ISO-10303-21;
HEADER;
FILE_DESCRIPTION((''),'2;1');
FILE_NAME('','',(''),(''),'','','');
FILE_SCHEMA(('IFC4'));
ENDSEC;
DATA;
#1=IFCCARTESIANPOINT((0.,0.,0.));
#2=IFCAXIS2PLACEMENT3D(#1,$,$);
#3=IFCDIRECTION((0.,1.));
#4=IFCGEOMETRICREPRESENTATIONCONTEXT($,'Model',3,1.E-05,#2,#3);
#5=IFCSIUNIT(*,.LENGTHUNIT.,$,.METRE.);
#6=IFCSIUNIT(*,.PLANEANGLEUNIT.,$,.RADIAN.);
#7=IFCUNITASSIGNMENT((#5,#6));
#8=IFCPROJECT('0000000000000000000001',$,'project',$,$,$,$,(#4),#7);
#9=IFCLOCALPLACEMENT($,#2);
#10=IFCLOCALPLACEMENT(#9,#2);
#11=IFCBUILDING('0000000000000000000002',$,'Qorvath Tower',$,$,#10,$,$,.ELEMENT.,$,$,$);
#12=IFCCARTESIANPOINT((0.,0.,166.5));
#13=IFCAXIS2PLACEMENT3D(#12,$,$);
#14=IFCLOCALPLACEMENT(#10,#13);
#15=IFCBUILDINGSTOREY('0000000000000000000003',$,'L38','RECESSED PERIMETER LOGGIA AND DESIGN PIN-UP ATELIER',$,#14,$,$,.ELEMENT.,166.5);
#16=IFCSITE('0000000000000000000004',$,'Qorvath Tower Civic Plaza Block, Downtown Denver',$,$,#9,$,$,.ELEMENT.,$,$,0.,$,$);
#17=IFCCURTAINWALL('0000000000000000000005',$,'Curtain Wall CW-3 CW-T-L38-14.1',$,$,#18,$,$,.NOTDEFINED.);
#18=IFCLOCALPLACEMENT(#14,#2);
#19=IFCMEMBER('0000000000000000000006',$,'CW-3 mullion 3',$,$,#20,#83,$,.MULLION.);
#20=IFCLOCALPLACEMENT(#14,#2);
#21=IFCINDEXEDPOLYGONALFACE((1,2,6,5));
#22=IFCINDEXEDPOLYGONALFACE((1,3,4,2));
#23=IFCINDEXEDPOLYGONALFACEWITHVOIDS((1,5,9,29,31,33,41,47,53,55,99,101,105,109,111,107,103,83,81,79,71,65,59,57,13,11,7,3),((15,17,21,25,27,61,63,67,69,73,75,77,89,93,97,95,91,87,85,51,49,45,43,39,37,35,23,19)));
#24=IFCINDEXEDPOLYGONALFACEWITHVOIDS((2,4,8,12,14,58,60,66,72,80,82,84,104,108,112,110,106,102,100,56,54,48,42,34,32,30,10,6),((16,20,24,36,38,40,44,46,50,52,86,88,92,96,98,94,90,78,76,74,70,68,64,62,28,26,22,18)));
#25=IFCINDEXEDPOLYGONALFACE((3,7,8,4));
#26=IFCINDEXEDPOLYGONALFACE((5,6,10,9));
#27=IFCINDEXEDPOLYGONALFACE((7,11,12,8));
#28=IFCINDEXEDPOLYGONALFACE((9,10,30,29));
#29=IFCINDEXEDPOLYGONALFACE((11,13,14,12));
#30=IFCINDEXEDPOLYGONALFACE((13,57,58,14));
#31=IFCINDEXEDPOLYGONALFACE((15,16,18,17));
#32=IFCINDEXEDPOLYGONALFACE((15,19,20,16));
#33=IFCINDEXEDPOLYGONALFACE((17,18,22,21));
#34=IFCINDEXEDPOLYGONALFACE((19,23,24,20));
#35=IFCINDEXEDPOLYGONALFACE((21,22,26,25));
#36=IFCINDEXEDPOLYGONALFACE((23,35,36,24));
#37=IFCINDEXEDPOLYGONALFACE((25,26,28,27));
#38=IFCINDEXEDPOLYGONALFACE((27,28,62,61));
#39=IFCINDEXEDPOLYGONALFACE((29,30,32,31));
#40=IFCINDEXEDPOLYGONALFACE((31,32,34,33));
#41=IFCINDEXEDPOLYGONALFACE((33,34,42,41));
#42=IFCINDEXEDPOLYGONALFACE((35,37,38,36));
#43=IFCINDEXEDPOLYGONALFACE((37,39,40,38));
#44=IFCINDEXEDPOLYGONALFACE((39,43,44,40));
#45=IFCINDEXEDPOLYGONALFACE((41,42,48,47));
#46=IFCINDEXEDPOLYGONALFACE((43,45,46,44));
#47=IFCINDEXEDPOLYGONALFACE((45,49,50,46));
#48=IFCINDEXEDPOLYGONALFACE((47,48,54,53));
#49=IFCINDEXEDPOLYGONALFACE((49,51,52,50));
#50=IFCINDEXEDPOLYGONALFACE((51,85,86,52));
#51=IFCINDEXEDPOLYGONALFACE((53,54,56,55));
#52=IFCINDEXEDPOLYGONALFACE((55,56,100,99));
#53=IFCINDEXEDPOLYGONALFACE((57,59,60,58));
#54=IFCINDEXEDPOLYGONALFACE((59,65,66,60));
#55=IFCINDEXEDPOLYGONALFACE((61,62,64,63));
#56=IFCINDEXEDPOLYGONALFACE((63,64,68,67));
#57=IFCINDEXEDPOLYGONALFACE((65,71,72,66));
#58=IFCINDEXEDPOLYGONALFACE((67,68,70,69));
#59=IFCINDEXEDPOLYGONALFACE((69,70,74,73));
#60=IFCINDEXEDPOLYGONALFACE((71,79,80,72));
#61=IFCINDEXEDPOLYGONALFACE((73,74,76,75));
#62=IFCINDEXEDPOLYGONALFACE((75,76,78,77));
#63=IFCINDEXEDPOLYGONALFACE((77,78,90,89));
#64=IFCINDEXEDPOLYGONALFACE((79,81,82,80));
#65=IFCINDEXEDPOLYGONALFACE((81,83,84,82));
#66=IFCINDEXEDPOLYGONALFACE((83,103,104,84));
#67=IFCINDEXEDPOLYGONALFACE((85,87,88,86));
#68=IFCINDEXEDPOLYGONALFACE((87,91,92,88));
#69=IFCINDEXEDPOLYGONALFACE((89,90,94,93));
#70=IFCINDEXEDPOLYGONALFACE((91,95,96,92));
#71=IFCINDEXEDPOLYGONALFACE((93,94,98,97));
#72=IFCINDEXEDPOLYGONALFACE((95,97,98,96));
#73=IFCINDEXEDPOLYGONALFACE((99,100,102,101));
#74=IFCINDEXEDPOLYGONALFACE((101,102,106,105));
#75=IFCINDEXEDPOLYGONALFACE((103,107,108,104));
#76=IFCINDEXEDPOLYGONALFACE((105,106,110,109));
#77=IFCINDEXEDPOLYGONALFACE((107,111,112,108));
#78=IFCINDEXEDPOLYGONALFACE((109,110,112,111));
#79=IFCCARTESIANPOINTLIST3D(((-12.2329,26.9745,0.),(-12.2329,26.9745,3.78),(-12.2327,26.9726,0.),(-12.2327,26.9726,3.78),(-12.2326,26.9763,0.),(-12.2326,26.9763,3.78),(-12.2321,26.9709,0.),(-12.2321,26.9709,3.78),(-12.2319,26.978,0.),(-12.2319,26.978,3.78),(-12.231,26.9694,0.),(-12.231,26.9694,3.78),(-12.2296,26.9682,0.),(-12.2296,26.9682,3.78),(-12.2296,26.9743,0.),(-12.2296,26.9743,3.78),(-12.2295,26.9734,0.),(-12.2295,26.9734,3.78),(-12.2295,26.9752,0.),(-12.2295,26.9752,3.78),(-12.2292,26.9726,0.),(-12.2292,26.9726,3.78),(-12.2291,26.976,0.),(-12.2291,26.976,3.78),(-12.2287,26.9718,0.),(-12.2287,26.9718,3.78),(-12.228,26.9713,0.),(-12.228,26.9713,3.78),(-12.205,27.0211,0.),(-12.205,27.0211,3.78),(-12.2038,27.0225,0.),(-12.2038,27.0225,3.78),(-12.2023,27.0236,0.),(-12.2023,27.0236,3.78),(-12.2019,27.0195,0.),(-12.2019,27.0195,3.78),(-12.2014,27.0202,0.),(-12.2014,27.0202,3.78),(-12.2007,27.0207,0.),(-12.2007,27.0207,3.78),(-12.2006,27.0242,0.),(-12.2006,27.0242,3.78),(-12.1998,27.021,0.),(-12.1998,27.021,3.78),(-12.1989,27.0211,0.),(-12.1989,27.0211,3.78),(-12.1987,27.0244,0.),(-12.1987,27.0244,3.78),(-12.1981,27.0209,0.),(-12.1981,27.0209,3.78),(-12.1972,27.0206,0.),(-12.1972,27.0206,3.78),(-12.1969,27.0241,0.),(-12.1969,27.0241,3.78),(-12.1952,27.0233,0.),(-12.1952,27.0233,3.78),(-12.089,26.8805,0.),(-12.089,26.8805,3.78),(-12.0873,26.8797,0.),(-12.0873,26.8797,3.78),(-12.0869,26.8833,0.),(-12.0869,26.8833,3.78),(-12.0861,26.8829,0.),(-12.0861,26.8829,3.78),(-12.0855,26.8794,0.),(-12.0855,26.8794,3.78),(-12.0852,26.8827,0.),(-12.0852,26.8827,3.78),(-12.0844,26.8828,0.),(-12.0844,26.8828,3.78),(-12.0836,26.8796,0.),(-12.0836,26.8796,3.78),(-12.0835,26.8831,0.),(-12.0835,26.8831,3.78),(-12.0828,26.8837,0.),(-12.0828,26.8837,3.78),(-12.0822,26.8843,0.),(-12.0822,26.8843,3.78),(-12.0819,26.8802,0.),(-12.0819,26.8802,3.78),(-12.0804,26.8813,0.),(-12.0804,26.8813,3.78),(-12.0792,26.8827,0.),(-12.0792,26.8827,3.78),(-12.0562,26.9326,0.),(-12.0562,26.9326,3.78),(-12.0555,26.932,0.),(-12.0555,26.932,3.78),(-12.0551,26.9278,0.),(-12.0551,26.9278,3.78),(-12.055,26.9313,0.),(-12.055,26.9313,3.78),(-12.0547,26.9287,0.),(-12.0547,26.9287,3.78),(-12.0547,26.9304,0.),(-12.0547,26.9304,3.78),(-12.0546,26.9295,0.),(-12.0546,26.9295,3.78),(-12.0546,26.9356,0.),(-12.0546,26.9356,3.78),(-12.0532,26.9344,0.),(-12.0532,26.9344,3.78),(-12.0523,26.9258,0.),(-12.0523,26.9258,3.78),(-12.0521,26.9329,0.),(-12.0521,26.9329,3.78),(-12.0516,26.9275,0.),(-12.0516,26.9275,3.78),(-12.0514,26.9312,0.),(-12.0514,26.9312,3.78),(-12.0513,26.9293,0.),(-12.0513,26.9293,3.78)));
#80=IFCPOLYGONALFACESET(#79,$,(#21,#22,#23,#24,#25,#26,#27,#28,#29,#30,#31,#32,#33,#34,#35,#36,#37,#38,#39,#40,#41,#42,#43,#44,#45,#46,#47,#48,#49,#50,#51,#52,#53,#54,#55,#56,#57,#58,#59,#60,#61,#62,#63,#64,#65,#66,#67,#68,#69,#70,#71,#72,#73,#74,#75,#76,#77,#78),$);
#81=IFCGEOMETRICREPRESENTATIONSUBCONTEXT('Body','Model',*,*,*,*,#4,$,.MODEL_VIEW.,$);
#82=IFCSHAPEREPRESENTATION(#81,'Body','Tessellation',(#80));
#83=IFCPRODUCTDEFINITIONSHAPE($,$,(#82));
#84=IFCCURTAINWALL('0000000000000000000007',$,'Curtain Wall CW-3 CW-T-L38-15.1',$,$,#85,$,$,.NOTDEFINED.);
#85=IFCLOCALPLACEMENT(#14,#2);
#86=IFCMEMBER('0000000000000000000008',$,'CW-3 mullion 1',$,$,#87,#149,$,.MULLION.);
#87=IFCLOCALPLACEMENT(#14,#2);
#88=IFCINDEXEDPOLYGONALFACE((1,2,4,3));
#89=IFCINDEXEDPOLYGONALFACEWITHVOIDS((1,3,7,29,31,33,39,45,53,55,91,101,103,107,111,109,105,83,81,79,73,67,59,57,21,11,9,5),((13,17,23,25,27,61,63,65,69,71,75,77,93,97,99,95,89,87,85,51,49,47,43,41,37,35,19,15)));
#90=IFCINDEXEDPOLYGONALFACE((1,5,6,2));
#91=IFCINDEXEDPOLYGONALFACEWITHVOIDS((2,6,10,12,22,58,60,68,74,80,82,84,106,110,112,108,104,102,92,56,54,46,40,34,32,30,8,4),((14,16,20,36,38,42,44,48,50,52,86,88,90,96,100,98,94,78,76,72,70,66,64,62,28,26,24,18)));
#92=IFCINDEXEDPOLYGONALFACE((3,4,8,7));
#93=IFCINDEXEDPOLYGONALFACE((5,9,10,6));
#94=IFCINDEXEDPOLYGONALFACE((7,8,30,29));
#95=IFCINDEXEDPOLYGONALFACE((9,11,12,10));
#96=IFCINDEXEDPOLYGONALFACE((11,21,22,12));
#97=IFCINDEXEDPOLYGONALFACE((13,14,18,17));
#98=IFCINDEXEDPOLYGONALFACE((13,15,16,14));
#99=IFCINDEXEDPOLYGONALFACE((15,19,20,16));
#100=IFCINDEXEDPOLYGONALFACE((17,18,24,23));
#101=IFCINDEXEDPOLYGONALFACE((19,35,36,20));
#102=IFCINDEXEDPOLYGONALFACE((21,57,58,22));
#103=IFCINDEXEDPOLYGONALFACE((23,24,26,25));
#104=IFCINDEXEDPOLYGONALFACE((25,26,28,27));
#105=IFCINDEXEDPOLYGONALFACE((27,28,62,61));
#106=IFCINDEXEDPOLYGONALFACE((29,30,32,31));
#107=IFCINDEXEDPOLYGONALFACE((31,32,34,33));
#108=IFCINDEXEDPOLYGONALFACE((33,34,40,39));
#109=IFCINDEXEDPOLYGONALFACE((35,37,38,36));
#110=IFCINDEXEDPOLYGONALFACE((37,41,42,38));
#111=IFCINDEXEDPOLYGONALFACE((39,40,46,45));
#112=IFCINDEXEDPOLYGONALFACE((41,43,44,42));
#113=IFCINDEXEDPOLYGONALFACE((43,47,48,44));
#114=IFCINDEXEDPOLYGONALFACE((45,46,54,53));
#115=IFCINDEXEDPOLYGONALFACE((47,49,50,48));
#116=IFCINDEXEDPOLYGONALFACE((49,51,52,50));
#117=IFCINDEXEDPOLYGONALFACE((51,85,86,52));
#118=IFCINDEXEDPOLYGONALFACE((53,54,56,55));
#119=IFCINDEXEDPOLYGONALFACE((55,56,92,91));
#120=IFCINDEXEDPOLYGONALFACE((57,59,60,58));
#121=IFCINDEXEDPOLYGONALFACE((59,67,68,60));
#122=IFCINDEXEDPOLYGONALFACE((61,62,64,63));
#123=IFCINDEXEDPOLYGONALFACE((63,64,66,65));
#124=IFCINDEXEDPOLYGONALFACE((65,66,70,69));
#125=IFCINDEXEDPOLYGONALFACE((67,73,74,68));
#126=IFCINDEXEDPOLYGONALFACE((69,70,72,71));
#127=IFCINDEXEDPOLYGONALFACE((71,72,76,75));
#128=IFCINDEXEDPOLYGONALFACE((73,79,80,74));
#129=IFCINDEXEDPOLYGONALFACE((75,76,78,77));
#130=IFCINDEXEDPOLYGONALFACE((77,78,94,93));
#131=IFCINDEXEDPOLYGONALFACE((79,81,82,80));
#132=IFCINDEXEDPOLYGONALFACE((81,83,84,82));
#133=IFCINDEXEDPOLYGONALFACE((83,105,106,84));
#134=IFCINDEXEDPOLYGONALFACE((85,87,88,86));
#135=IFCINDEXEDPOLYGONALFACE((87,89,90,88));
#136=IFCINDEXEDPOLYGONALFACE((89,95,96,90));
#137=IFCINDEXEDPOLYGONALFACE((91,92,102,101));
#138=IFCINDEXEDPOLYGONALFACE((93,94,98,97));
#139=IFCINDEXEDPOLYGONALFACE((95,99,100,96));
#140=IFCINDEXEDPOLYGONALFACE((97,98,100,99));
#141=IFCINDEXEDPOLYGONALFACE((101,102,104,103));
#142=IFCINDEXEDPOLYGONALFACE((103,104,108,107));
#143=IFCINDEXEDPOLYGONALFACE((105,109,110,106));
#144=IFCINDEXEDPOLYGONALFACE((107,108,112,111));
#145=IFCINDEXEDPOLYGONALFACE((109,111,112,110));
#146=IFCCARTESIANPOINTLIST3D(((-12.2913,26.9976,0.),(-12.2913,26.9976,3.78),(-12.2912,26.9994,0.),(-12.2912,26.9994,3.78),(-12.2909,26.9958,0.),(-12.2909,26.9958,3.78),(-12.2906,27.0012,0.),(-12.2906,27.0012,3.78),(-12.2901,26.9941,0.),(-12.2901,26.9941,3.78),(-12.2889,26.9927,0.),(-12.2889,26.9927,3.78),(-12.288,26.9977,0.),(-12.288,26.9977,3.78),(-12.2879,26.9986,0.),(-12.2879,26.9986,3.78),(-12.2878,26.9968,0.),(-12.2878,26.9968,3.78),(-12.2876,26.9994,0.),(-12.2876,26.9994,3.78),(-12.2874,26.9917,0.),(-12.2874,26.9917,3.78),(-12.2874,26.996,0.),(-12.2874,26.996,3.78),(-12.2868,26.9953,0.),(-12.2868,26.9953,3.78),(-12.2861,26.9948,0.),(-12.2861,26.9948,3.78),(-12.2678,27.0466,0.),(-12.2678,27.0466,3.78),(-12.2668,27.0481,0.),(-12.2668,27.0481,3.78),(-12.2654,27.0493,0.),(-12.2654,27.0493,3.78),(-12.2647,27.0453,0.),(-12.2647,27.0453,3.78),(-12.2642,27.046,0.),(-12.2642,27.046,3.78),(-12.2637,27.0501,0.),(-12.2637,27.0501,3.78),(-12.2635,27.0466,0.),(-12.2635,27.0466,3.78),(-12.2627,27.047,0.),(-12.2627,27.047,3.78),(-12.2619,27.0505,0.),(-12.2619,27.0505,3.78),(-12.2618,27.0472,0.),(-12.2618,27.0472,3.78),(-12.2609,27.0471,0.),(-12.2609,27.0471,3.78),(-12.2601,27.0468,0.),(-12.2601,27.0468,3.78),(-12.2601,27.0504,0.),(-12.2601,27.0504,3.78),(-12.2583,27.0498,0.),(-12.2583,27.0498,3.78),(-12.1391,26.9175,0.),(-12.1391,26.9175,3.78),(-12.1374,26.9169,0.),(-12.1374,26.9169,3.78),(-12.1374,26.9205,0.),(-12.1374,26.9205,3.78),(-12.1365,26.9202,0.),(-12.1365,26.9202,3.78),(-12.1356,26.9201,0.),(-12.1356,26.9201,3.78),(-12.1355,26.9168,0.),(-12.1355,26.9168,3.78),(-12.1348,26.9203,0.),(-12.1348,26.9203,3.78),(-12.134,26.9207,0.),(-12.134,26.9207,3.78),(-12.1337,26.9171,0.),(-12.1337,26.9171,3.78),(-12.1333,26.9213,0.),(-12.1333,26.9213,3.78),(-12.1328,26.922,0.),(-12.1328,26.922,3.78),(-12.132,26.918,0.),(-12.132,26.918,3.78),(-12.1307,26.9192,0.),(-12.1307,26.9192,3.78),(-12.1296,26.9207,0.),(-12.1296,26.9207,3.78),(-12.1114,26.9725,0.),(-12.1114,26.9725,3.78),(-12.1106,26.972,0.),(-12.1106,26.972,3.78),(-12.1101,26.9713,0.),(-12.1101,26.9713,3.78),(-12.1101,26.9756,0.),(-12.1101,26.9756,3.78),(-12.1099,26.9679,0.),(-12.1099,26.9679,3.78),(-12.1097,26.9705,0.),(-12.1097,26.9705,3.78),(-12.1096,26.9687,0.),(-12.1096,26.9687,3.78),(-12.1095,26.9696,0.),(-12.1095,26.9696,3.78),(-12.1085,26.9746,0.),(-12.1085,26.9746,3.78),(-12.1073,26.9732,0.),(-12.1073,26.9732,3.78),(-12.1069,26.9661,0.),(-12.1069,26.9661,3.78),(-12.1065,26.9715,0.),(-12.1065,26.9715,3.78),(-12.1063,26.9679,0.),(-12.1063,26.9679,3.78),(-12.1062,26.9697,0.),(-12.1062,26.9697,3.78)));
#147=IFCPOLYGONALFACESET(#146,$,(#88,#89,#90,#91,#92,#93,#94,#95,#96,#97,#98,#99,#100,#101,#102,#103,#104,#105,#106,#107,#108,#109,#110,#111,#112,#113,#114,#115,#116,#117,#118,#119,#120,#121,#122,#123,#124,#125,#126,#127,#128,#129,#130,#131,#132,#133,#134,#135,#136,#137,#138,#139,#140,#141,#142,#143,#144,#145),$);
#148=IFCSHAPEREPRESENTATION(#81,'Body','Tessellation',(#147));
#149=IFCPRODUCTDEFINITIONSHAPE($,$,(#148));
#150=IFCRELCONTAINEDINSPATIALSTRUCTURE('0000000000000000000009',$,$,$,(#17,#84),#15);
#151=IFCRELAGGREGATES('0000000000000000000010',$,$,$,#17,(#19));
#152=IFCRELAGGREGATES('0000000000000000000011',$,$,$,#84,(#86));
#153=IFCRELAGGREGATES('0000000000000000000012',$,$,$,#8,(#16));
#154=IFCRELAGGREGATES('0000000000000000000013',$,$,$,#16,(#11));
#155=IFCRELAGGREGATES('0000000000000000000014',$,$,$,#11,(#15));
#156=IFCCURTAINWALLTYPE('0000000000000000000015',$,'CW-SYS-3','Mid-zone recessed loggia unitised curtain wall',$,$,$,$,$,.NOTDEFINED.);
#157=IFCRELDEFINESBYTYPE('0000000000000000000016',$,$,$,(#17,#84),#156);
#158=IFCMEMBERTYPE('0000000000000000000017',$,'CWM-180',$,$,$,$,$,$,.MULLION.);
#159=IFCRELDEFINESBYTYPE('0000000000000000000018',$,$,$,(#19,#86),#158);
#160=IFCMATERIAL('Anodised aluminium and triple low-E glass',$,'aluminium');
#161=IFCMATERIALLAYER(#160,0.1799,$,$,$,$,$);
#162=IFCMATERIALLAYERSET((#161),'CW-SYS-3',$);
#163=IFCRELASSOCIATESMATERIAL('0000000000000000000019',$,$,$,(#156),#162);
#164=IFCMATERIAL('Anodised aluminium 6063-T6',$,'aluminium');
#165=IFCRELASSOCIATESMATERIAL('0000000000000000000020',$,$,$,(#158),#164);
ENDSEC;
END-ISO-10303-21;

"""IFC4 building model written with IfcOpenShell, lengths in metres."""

from ifc_helpers import new_model, si_unit, direction, frame, origin, origin_2d, place, context, subcontext, project, spatial, hollow_rectangle, extrude, material, layer, layer_set, material_profile, profile_set, type_object, element, aggregate, save


model = new_model("IFC4")

# Units and contexts
model_context = context("Model", 3, precision=1e-05, world=origin(), true_north=direction((0.0, 1.0)))
body_context = subcontext(model_context, "Body", "Model", "MODEL_VIEW")
ifc_project = project(units=[si_unit("LENGTHUNIT", "METRE"), si_unit("PLANEANGLEUNIT", "RADIAN")], contexts=[model_context])

# Site, building, storey
site_placement = place(None, origin())
site = spatial("IfcSite", under=ifc_project, at=site_placement, Name="Qorvath Tower Civic Plaza Block, Downtown Denver", CompositionType="ELEMENT", RefElevation=0.0)
building_placement = place(site_placement, origin())
building = spatial("IfcBuilding", under=site, at=building_placement, Name="Qorvath Tower", CompositionType="ELEMENT")
storey_placement = place(building_placement, frame((0.0, 0.0, 166.5)))
storey = spatial("IfcBuildingStorey", under=building, at=storey_placement, Name="L38", Description="RECESSED PERIMETER LOGGIA AND DESIGN PIN-UP ATELIER", CompositionType="ELEMENT", Elevation=166.5)

# Shared definitions
ifc_material_1 = material(Name="Anodised aluminium and triple low-E glass", Category="aluminium")
ifc_layer_1 = layer(ifc_material_1, 0.1799)
ifc_layer_set_1 = layer_set([ifc_layer_1], Name="CW-SYS-3")
curtain_wall_type = type_object("IfcCurtainWallType", Name="CW-SYS-3", Description="Mid-zone recessed loggia unitised curtain wall", PredefinedType="NOTDEFINED", material=ifc_layer_set_1)
ifc_material_2 = material(Name="Anodised aluminium 6063-T6", Category="aluminium")
ifc_material_profile_1 = material_profile(ifc_material_2, hollow_rectangle(XDim=0.0649, YDim=0.1799, WallThickness=0.0034, InnerFilletRadius=0.0034, OuterFilletRadius=0.0071, at=origin_2d()), Name="CWM 180x65")
ifc_profile_set_1 = profile_set([ifc_material_profile_1], Name="Anodised aluminium 6063-T6")
member_type_1 = type_object("IfcMemberType", Name="CWM-180", PredefinedType="MULLION", material=ifc_profile_set_1)

# Curtain walls, members
curtain_wall_1_placement = place(storey_placement, origin())
curtain_wall_1 = element("IfcCurtainWall", 1, at=curtain_wall_1_placement, inside=storey, type_object=curtain_wall_type, Name="Curtain Wall CW-3 CW-T-L38-14.1", PredefinedType="NOTDEFINED")
member_1_placement = place(storey_placement, frame((-12.1421, 26.9519, 0.0), z_axis=(0.0, 0.0, 1.0), x_axis=(-0.529328, -0.848417, 0.0)))
member_1 = element("IfcMember", 2, at=member_1_placement, type_object=member_type_1, Name="CW-3 mullion 3", PredefinedType="MULLION", context=body_context, shape_type="SweptSolid", body=[
    extrude(hollow_rectangle(XDim=0.0649, YDim=0.1799, WallThickness=0.0034, InnerFilletRadius=0.0034, OuterFilletRadius=0.0071, at=origin_2d()), origin(), (0.0, 0.0, 1.0), 3.78),
])
curtain_wall_2_placement = place(storey_placement, origin())
curtain_wall_2 = element("IfcCurtainWall", 3, at=curtain_wall_2_placement, inside=storey, type_object=curtain_wall_type, Name="Curtain Wall CW-3 CW-T-L38-15.1", PredefinedType="NOTDEFINED")
member_2_placement = place(storey_placement, frame((-12.1987, 26.9836, 0.0), z_axis=(0.0, 0.0, 1.0), x_axis=(-0.447222, -0.894423, 0.0)))
member_2 = element("IfcMember", 4, at=member_2_placement, type_object=member_type_1, Name="CW-3 mullion 1", PredefinedType="MULLION", context=body_context, shape_type="SweptSolid", body=[
    extrude(hollow_rectangle(XDim=0.0649, YDim=0.1799, WallThickness=0.0034, InnerFilletRadius=0.0034, OuterFilletRadius=0.0071, at=origin_2d()), origin(), (0.0, 0.0, 1.0), 3.78),
])

aggregate(curtain_wall_1, [member_1])
aggregate(curtain_wall_2, [member_2])

save(model, "model.ifc")
